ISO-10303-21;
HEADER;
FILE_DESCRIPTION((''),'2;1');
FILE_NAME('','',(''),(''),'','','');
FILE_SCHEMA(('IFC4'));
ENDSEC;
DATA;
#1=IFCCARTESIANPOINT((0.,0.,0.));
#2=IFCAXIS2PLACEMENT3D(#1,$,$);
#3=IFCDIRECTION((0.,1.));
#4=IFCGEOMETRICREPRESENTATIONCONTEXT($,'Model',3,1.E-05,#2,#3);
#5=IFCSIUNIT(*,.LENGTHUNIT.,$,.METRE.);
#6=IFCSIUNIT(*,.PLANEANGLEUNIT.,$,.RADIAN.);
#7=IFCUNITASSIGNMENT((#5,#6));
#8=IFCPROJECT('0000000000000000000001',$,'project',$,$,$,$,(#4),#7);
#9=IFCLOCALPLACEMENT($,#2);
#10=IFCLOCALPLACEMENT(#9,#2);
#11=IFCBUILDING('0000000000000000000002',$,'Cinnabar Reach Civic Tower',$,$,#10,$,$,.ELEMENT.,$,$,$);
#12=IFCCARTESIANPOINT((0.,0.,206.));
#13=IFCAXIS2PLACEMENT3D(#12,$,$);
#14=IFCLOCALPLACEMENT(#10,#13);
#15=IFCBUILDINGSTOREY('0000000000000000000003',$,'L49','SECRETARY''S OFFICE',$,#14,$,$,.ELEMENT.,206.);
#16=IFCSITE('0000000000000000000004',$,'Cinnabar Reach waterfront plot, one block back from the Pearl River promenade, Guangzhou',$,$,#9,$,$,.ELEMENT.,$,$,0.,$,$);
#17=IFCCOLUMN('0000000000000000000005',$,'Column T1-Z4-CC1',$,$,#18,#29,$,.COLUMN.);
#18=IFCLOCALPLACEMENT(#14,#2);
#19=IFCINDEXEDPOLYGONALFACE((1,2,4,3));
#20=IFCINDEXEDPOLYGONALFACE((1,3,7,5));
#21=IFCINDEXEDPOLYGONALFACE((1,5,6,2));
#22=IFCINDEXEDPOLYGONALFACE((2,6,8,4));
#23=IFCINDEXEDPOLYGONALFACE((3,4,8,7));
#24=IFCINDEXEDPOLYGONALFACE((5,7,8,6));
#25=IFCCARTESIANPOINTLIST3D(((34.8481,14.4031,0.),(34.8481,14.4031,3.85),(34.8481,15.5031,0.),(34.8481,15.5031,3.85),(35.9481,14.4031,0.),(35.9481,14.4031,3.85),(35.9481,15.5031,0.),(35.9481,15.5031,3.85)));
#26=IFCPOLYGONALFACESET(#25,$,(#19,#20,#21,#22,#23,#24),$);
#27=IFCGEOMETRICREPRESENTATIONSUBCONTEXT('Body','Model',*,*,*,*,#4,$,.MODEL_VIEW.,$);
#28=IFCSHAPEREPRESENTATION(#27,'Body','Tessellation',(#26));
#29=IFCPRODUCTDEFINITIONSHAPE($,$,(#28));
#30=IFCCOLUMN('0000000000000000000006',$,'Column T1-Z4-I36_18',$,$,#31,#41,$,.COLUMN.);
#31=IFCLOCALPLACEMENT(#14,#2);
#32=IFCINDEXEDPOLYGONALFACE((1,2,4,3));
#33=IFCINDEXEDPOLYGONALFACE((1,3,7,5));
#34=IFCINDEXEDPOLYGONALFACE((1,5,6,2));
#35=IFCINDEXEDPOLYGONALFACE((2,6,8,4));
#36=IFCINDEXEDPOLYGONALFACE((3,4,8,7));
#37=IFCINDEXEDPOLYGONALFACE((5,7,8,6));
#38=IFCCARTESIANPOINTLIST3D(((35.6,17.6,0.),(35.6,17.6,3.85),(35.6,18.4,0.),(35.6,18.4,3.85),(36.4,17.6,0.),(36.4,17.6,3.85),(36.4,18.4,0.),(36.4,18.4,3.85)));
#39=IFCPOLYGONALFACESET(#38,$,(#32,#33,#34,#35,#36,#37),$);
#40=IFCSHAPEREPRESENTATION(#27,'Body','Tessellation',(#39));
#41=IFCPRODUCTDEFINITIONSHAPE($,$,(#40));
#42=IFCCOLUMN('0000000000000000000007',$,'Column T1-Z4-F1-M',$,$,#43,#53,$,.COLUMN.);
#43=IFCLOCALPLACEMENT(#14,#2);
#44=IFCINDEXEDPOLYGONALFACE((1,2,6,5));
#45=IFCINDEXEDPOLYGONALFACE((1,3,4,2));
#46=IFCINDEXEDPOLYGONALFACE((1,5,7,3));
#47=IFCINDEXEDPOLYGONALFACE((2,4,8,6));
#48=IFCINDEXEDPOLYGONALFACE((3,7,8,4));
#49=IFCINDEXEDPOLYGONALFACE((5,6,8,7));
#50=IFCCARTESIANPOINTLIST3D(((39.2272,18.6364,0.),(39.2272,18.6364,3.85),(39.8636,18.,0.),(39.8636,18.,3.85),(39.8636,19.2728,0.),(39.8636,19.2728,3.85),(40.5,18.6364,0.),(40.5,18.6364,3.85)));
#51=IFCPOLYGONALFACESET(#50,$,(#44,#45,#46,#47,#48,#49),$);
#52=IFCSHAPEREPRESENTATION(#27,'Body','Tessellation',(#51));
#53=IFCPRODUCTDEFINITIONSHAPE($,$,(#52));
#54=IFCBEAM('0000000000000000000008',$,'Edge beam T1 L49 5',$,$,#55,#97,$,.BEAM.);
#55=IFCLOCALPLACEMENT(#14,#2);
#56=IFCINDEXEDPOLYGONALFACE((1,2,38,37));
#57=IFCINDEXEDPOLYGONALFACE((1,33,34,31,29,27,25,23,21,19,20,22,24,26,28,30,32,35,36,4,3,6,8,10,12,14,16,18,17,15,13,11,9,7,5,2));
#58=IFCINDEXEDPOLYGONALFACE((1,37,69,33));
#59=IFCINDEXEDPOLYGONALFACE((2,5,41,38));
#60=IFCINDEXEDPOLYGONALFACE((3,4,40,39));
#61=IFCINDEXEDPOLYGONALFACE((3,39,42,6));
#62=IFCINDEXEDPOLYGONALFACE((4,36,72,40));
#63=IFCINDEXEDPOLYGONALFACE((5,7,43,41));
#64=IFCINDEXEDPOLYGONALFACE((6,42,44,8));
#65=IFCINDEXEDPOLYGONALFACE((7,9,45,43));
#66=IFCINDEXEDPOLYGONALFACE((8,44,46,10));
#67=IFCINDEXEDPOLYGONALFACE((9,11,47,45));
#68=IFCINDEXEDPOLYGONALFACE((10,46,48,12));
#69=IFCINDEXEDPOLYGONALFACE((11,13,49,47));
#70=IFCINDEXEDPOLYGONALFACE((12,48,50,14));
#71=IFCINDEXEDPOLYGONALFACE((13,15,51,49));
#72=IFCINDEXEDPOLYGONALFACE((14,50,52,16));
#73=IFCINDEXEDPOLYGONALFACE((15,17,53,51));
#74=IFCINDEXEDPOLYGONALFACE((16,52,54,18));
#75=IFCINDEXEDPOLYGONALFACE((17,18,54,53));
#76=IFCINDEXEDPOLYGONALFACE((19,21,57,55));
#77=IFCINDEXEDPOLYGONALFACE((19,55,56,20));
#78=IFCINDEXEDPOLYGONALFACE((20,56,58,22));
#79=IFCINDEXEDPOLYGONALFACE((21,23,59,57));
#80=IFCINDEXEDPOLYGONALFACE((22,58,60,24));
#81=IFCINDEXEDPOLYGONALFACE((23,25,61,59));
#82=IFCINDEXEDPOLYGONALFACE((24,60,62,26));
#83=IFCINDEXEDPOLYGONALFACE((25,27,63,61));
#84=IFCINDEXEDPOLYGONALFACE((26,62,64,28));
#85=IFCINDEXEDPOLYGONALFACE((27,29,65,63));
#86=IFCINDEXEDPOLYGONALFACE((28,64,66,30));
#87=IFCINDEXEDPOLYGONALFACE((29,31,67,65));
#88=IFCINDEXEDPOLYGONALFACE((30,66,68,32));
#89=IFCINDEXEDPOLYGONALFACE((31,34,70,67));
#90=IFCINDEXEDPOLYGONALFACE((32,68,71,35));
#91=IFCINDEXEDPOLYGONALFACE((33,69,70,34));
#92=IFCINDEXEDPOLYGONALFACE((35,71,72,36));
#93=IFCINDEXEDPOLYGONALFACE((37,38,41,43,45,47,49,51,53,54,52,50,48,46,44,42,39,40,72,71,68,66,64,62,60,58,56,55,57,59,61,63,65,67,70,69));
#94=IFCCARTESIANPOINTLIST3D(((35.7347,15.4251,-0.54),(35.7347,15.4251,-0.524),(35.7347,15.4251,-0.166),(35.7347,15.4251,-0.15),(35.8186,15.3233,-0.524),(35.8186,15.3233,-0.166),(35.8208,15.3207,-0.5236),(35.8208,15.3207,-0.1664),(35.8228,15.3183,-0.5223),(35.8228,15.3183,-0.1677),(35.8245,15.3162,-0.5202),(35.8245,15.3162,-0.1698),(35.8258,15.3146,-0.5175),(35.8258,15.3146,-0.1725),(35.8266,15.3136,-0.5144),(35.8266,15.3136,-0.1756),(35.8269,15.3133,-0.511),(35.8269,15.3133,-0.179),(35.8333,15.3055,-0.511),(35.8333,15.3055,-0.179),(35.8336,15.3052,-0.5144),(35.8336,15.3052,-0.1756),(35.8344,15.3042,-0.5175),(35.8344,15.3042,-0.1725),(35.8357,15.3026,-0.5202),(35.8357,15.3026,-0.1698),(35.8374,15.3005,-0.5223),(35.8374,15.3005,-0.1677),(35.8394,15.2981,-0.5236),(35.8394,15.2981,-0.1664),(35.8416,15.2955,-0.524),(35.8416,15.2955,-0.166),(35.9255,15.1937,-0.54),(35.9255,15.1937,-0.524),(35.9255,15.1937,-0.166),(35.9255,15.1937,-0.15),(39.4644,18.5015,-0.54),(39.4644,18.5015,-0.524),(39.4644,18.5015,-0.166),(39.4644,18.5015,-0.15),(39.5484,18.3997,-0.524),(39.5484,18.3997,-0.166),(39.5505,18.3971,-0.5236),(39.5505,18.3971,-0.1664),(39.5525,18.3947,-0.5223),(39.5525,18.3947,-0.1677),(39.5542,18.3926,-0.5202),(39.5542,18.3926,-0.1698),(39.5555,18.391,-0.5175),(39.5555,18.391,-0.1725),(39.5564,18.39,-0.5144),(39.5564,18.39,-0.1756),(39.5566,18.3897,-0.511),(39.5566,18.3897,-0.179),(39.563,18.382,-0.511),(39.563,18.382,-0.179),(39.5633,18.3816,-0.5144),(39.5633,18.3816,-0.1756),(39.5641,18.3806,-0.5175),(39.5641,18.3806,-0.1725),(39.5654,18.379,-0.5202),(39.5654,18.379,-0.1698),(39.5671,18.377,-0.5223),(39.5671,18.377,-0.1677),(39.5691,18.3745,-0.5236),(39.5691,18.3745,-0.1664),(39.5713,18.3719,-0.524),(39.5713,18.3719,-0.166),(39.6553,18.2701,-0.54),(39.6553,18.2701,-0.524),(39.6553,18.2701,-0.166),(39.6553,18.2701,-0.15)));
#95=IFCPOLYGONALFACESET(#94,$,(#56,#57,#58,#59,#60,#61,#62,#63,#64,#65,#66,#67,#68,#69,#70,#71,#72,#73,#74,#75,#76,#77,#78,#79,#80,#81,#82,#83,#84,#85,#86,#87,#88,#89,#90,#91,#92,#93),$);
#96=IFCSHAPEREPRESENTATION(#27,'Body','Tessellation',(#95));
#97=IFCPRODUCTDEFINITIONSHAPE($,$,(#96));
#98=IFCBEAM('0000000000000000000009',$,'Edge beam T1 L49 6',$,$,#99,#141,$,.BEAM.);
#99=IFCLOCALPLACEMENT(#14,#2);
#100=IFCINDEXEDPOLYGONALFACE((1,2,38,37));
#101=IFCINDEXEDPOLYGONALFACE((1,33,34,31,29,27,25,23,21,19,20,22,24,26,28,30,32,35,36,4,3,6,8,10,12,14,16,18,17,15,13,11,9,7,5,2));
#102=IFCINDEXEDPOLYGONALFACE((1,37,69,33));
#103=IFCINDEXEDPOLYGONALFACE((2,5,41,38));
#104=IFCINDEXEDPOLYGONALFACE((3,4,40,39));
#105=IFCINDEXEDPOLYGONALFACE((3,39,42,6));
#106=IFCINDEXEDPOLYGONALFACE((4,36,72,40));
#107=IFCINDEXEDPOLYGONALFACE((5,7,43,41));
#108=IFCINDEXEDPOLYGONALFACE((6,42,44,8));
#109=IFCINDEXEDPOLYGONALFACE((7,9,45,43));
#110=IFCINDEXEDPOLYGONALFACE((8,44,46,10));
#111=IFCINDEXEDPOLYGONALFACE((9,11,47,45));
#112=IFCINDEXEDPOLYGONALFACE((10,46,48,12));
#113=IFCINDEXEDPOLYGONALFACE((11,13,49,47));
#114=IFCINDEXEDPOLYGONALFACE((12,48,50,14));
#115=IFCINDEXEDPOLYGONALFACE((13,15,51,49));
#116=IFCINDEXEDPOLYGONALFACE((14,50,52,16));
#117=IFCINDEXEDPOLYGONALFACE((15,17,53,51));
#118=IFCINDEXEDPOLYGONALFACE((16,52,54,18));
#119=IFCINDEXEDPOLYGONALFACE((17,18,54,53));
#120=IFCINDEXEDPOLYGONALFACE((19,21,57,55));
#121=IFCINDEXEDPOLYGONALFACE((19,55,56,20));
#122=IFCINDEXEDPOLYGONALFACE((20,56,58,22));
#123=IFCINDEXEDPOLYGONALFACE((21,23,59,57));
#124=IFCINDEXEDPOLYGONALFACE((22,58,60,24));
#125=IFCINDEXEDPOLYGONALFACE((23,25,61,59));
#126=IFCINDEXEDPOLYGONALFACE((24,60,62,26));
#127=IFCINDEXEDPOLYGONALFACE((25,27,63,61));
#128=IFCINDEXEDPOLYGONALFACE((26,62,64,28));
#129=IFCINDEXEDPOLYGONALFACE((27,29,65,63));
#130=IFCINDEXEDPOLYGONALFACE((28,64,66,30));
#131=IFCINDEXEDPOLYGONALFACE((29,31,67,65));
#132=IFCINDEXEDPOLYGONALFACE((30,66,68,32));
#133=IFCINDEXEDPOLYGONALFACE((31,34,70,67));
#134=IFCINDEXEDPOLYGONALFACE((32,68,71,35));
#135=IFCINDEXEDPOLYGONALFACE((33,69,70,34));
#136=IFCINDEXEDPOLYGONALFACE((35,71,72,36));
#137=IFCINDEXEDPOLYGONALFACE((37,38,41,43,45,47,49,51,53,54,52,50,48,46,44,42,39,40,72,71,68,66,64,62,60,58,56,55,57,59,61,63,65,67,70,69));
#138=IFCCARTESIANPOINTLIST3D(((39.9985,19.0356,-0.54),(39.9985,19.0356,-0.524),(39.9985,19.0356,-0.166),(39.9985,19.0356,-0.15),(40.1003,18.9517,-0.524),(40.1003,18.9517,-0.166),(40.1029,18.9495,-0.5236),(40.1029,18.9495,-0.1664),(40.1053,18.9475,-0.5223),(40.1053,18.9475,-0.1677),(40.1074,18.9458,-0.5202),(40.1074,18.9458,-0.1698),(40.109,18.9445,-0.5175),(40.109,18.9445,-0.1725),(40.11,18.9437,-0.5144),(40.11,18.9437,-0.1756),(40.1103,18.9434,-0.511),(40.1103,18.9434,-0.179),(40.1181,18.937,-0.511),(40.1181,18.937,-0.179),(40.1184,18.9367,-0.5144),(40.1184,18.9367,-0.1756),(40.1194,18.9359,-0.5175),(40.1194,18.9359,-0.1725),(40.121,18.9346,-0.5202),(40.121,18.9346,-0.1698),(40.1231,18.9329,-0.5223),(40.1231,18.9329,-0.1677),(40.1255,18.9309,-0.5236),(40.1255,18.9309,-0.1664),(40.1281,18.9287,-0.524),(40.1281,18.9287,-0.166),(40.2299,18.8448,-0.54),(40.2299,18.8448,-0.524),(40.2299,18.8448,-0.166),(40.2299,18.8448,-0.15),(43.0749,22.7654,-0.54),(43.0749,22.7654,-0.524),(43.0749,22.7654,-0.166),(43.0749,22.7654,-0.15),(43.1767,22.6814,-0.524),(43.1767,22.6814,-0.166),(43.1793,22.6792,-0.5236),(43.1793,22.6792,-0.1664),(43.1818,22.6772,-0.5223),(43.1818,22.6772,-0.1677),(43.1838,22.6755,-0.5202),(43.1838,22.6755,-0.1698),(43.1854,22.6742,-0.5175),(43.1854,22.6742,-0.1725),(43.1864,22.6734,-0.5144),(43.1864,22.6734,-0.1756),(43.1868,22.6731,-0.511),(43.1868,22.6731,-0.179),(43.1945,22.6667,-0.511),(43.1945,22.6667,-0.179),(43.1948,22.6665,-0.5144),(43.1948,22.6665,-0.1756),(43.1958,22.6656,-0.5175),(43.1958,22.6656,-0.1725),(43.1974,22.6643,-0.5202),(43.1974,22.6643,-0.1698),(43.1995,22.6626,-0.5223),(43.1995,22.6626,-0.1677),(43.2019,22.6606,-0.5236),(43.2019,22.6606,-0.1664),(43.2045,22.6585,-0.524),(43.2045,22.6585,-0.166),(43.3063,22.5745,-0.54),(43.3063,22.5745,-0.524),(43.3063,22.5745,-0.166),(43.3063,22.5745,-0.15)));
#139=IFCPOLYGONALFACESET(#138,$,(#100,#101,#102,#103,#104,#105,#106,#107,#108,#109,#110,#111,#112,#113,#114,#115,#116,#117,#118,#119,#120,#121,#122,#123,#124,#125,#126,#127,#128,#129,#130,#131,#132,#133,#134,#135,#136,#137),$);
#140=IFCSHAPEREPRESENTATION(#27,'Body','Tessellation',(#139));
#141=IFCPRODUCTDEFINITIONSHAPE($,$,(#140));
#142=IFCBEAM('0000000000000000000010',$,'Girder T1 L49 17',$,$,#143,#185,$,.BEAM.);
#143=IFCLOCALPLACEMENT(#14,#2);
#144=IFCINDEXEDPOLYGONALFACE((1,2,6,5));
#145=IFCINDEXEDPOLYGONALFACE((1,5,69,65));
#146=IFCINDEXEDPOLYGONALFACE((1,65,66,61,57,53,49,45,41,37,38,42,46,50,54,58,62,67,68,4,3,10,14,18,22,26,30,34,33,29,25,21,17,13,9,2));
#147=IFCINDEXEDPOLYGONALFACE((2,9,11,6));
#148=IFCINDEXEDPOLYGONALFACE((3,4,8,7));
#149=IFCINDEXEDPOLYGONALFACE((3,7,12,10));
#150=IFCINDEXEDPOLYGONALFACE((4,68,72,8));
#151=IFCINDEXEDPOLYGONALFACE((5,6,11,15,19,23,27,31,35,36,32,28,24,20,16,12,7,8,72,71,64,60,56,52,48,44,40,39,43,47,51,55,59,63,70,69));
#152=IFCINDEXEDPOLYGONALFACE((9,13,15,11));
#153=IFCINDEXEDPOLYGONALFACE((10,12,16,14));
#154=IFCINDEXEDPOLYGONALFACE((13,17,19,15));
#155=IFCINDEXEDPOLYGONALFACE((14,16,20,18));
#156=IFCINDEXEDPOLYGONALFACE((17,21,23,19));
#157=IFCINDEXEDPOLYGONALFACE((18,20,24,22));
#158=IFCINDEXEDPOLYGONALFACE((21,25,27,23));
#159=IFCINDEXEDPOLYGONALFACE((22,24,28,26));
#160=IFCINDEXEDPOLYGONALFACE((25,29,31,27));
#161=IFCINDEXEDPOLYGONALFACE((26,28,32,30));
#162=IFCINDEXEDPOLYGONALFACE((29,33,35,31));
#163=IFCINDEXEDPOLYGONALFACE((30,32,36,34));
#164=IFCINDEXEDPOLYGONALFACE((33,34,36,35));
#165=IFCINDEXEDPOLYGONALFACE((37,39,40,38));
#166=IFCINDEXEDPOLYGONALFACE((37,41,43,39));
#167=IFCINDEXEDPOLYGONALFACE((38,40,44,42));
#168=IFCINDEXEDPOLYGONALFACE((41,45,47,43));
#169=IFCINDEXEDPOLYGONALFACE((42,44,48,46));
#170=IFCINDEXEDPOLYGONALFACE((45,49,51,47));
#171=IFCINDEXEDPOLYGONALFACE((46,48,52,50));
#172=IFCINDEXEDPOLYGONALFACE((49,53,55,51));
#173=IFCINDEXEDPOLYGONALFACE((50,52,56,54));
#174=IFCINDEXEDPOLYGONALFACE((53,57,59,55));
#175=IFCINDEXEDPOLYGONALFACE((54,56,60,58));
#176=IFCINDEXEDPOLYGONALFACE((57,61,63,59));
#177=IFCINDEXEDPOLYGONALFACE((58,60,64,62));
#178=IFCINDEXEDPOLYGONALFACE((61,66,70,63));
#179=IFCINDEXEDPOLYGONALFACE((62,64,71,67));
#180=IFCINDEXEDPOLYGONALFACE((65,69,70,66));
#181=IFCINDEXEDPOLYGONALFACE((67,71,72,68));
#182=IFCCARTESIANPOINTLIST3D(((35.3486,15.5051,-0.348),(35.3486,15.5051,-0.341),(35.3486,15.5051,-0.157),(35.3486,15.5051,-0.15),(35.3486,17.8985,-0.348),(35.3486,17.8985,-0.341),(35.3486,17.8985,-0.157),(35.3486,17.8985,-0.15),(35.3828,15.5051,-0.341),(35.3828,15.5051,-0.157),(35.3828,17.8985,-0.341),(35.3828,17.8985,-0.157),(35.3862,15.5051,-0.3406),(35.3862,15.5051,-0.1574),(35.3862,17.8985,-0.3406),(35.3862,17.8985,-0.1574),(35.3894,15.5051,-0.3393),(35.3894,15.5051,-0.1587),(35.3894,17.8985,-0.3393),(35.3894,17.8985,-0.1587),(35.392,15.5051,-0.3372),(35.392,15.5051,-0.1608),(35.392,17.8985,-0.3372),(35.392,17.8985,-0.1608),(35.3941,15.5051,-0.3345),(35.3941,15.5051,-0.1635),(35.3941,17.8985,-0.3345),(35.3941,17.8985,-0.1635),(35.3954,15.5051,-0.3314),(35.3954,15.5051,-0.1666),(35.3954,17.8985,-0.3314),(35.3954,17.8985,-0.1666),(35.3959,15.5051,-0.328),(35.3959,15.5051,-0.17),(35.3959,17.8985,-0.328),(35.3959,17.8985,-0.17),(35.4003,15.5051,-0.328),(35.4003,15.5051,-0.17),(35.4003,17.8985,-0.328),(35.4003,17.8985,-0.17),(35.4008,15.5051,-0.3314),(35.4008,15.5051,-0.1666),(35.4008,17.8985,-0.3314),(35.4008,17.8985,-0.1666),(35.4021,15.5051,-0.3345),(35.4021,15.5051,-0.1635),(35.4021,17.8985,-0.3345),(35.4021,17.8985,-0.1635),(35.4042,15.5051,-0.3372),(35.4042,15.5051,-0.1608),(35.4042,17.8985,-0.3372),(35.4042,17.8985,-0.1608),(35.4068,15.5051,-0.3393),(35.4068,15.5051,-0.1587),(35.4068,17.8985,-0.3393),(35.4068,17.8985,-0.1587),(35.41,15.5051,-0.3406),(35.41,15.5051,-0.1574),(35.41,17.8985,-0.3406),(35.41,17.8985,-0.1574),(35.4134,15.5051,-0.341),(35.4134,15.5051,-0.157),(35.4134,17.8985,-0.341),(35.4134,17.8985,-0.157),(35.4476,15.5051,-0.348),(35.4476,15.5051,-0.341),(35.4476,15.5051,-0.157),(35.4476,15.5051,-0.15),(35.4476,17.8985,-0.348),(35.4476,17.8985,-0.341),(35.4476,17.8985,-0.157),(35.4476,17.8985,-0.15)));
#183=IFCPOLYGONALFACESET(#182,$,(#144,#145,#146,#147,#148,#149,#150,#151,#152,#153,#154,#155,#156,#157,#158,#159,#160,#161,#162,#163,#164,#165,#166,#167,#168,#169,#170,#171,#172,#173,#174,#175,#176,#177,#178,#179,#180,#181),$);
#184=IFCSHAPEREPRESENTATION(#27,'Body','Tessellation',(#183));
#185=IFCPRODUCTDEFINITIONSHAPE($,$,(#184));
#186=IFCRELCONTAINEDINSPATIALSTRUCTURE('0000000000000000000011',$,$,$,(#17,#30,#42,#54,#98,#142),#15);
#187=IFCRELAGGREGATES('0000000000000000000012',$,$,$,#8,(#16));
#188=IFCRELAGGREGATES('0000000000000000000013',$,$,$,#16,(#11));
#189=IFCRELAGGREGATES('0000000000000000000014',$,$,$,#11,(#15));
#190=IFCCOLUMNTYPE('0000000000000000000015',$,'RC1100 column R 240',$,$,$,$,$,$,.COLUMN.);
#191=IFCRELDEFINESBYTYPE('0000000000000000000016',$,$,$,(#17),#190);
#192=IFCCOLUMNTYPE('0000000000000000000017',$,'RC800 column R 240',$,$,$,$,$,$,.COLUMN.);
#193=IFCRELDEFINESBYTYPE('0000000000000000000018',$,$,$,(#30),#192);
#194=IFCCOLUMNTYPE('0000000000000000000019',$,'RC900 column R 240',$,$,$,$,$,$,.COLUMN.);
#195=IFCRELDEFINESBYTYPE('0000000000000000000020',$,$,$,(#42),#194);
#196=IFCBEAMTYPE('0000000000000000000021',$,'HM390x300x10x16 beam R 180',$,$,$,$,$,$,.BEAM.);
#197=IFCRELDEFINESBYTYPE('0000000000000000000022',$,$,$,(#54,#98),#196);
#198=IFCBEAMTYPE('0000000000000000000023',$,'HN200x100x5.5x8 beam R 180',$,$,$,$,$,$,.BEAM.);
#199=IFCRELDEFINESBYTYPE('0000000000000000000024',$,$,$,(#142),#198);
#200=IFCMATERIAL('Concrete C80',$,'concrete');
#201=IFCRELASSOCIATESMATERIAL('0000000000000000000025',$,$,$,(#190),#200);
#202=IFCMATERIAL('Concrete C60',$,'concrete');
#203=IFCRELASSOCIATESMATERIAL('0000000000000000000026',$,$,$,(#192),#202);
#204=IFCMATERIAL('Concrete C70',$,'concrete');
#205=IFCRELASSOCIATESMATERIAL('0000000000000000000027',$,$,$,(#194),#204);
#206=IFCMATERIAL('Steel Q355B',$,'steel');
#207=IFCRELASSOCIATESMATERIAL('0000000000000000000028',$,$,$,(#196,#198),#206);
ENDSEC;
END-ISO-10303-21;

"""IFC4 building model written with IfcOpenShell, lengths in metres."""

from ifc_helpers import new_model, si_unit, direction, frame, origin, origin_2d, place, context, subcontext, project, spatial, rectangle, i_section, extrude, material, material_profile, profile_set, type_object, element, save


model = new_model("IFC4")

# Units and contexts
model_context = context("Model", 3, precision=1e-05, world=origin(), true_north=direction((0.0, 1.0)))
body_context = subcontext(model_context, "Body", "Model", "MODEL_VIEW")
ifc_project = project(units=[si_unit("LENGTHUNIT", "METRE"), si_unit("PLANEANGLEUNIT", "RADIAN")], contexts=[model_context])

# Site, building, storey
site_placement = place(None, origin())
site = spatial("IfcSite", under=ifc_project, at=site_placement, Name="Cinnabar Reach waterfront plot, one block back from the Pearl River promenade, Guangzhou", CompositionType="ELEMENT", RefElevation=0.0)
building_placement = place(site_placement, origin())
building = spatial("IfcBuilding", under=site, at=building_placement, Name="Cinnabar Reach Civic Tower", CompositionType="ELEMENT")
storey_placement = place(building_placement, frame((0.0, 0.0, 206.0)))
storey = spatial("IfcBuildingStorey", under=building, at=storey_placement, Name="L49", Description="SECRETARY'S OFFICE", CompositionType="ELEMENT", Elevation=206.0)

# Columns
ifc_material_1 = material(Name="Concrete C80", Category="concrete")
ifc_material_profile_1 = material_profile(ifc_material_1, rectangle(XDim=1.1, YDim=1.1, at=origin_2d()), Name="RC1100")
ifc_profile_set_1 = profile_set([ifc_material_profile_1], Name="Concrete C80")
column_type_1 = type_object("IfcColumnType", Name="RC1100 column R 240", PredefinedType="COLUMN", material=ifc_profile_set_1)
column_1_placement = place(storey_placement, frame((35.3981, 14.9531, 0.0), z_axis=(0.0, 0.0, 1.0), x_axis=(1.0, 0.0, 0.0)))
element("IfcColumn", 1, at=column_1_placement, inside=storey, type_object=column_type_1, Name="Column T1-Z4-CC1", PredefinedType="COLUMN", context=body_context, shape_type="SweptSolid", body=[
    extrude(rectangle(XDim=1.1, YDim=1.1, at=origin_2d()), origin(), (0.0, 0.0, 1.0), 3.85),
])
ifc_material_2 = material(Name="Concrete C60", Category="concrete")
ifc_material_profile_2 = material_profile(ifc_material_2, rectangle(XDim=0.8, YDim=0.8, at=origin_2d()), Name="RC800")
ifc_profile_set_2 = profile_set([ifc_material_profile_2], Name="Concrete C60")
column_type_2 = type_object("IfcColumnType", Name="RC800 column R 240", PredefinedType="COLUMN", material=ifc_profile_set_2)
column_2_placement = place(storey_placement, frame((36.0, 18.0, 0.0), z_axis=(0.0, 0.0, 1.0), x_axis=(1.0, 0.0, 0.0)))
element("IfcColumn", 2, at=column_2_placement, inside=storey, type_object=column_type_2, Name="Column T1-Z4-I36_18", PredefinedType="COLUMN", context=body_context, shape_type="SweptSolid", body=[
    extrude(rectangle(XDim=0.8, YDim=0.8, at=origin_2d()), origin(), (0.0, 0.0, 1.0), 3.85),
])
ifc_material_3 = material(Name="Concrete C70", Category="concrete")
ifc_material_profile_3 = material_profile(ifc_material_3, rectangle(XDim=0.9, YDim=0.9, at=origin_2d()), Name="RC900")
ifc_profile_set_3 = profile_set([ifc_material_profile_3], Name="Concrete C70")
column_type_3 = type_object("IfcColumnType", Name="RC900 column R 240", PredefinedType="COLUMN", material=ifc_profile_set_3)
column_3_placement = place(storey_placement, frame((39.8636, 18.6364, 0.0), z_axis=(0.0, 0.0, 1.0), x_axis=(0.707107, 0.707107, 0.0)))
element("IfcColumn", 3, at=column_3_placement, inside=storey, type_object=column_type_3, Name="Column T1-Z4-F1-M", PredefinedType="COLUMN", context=body_context, shape_type="SweptSolid", body=[
    extrude(rectangle(XDim=0.9, YDim=0.9, at=origin_2d()), origin(), (0.0, 0.0, 1.0), 3.85),
])

# Beams
ifc_material_4 = material(Name="Steel Q355B", Category="steel")
ifc_material_profile_4 = material_profile(ifc_material_4, i_section(OverallWidth=0.3, OverallDepth=0.39, WebThickness=0.01, FlangeThickness=0.016, FilletRadius=0.013, at=origin_2d()), Name="HM390x300x10x16")
ifc_profile_set_4 = profile_set([ifc_material_profile_4], Name="Steel Q355B")
beam_type_1 = type_object("IfcBeamType", Name="HM390x300x10x16 beam R 180", PredefinedType="BEAM", material=ifc_profile_set_4)
for number, where, z_axis, x_axis, name in (
    (4, (35.8301, 15.3094, -0.345), (0.771434, 0.636309, 0.0), (-0.636309, 0.771434, 0.0), "Edge beam T1 L49 5"),
    (5, (40.1142, 18.9402, -0.345), (0.636309, 0.771434, 0.0), (-0.771434, 0.636309, 0.0), "Edge beam T1 L49 6"),
):
    element("IfcBeam", number, at=place(storey_placement, frame(where, z_axis=z_axis, x_axis=x_axis)), inside=storey, type_object=beam_type_1, Name=name, PredefinedType="BEAM", context=body_context, shape_type="SweptSolid", body=[
        extrude(i_section(OverallWidth=0.3, OverallDepth=0.39, WebThickness=0.01, FlangeThickness=0.016, FilletRadius=0.013, at=origin_2d()), origin(), (0.0, 0.0, 1.0), 4.8348),
    ])
ifc_material_profile_5 = material_profile(ifc_material_4, i_section(OverallWidth=0.099, OverallDepth=0.198, WebThickness=0.0045, FlangeThickness=0.007, FilletRadius=0.013, at=origin_2d()), Name="HN200x100x5.5x8")
ifc_profile_set_5 = profile_set([ifc_material_profile_5], Name="Steel Q355B")
beam_type_2 = type_object("IfcBeamType", Name="HN200x100x5.5x8 beam R 180", PredefinedType="BEAM", material=ifc_profile_set_5)
beam_1_placement = place(storey_placement, frame((35.3981, 15.5051, -0.249), z_axis=(0.0, 1.0, 0.0), x_axis=(-1.0, 0.0, 0.0)))
element("IfcBeam", 6, at=beam_1_placement, inside=storey, type_object=beam_type_2, Name="Girder T1 L49 17", PredefinedType="BEAM", context=body_context, shape_type="SweptSolid", body=[
    extrude(i_section(OverallWidth=0.099, OverallDepth=0.198, WebThickness=0.0045, FlangeThickness=0.007, FilletRadius=0.013, at=origin_2d()), origin(), (0.0, 0.0, 1.0), 2.3934),
])

save(model, "model.ifc")
